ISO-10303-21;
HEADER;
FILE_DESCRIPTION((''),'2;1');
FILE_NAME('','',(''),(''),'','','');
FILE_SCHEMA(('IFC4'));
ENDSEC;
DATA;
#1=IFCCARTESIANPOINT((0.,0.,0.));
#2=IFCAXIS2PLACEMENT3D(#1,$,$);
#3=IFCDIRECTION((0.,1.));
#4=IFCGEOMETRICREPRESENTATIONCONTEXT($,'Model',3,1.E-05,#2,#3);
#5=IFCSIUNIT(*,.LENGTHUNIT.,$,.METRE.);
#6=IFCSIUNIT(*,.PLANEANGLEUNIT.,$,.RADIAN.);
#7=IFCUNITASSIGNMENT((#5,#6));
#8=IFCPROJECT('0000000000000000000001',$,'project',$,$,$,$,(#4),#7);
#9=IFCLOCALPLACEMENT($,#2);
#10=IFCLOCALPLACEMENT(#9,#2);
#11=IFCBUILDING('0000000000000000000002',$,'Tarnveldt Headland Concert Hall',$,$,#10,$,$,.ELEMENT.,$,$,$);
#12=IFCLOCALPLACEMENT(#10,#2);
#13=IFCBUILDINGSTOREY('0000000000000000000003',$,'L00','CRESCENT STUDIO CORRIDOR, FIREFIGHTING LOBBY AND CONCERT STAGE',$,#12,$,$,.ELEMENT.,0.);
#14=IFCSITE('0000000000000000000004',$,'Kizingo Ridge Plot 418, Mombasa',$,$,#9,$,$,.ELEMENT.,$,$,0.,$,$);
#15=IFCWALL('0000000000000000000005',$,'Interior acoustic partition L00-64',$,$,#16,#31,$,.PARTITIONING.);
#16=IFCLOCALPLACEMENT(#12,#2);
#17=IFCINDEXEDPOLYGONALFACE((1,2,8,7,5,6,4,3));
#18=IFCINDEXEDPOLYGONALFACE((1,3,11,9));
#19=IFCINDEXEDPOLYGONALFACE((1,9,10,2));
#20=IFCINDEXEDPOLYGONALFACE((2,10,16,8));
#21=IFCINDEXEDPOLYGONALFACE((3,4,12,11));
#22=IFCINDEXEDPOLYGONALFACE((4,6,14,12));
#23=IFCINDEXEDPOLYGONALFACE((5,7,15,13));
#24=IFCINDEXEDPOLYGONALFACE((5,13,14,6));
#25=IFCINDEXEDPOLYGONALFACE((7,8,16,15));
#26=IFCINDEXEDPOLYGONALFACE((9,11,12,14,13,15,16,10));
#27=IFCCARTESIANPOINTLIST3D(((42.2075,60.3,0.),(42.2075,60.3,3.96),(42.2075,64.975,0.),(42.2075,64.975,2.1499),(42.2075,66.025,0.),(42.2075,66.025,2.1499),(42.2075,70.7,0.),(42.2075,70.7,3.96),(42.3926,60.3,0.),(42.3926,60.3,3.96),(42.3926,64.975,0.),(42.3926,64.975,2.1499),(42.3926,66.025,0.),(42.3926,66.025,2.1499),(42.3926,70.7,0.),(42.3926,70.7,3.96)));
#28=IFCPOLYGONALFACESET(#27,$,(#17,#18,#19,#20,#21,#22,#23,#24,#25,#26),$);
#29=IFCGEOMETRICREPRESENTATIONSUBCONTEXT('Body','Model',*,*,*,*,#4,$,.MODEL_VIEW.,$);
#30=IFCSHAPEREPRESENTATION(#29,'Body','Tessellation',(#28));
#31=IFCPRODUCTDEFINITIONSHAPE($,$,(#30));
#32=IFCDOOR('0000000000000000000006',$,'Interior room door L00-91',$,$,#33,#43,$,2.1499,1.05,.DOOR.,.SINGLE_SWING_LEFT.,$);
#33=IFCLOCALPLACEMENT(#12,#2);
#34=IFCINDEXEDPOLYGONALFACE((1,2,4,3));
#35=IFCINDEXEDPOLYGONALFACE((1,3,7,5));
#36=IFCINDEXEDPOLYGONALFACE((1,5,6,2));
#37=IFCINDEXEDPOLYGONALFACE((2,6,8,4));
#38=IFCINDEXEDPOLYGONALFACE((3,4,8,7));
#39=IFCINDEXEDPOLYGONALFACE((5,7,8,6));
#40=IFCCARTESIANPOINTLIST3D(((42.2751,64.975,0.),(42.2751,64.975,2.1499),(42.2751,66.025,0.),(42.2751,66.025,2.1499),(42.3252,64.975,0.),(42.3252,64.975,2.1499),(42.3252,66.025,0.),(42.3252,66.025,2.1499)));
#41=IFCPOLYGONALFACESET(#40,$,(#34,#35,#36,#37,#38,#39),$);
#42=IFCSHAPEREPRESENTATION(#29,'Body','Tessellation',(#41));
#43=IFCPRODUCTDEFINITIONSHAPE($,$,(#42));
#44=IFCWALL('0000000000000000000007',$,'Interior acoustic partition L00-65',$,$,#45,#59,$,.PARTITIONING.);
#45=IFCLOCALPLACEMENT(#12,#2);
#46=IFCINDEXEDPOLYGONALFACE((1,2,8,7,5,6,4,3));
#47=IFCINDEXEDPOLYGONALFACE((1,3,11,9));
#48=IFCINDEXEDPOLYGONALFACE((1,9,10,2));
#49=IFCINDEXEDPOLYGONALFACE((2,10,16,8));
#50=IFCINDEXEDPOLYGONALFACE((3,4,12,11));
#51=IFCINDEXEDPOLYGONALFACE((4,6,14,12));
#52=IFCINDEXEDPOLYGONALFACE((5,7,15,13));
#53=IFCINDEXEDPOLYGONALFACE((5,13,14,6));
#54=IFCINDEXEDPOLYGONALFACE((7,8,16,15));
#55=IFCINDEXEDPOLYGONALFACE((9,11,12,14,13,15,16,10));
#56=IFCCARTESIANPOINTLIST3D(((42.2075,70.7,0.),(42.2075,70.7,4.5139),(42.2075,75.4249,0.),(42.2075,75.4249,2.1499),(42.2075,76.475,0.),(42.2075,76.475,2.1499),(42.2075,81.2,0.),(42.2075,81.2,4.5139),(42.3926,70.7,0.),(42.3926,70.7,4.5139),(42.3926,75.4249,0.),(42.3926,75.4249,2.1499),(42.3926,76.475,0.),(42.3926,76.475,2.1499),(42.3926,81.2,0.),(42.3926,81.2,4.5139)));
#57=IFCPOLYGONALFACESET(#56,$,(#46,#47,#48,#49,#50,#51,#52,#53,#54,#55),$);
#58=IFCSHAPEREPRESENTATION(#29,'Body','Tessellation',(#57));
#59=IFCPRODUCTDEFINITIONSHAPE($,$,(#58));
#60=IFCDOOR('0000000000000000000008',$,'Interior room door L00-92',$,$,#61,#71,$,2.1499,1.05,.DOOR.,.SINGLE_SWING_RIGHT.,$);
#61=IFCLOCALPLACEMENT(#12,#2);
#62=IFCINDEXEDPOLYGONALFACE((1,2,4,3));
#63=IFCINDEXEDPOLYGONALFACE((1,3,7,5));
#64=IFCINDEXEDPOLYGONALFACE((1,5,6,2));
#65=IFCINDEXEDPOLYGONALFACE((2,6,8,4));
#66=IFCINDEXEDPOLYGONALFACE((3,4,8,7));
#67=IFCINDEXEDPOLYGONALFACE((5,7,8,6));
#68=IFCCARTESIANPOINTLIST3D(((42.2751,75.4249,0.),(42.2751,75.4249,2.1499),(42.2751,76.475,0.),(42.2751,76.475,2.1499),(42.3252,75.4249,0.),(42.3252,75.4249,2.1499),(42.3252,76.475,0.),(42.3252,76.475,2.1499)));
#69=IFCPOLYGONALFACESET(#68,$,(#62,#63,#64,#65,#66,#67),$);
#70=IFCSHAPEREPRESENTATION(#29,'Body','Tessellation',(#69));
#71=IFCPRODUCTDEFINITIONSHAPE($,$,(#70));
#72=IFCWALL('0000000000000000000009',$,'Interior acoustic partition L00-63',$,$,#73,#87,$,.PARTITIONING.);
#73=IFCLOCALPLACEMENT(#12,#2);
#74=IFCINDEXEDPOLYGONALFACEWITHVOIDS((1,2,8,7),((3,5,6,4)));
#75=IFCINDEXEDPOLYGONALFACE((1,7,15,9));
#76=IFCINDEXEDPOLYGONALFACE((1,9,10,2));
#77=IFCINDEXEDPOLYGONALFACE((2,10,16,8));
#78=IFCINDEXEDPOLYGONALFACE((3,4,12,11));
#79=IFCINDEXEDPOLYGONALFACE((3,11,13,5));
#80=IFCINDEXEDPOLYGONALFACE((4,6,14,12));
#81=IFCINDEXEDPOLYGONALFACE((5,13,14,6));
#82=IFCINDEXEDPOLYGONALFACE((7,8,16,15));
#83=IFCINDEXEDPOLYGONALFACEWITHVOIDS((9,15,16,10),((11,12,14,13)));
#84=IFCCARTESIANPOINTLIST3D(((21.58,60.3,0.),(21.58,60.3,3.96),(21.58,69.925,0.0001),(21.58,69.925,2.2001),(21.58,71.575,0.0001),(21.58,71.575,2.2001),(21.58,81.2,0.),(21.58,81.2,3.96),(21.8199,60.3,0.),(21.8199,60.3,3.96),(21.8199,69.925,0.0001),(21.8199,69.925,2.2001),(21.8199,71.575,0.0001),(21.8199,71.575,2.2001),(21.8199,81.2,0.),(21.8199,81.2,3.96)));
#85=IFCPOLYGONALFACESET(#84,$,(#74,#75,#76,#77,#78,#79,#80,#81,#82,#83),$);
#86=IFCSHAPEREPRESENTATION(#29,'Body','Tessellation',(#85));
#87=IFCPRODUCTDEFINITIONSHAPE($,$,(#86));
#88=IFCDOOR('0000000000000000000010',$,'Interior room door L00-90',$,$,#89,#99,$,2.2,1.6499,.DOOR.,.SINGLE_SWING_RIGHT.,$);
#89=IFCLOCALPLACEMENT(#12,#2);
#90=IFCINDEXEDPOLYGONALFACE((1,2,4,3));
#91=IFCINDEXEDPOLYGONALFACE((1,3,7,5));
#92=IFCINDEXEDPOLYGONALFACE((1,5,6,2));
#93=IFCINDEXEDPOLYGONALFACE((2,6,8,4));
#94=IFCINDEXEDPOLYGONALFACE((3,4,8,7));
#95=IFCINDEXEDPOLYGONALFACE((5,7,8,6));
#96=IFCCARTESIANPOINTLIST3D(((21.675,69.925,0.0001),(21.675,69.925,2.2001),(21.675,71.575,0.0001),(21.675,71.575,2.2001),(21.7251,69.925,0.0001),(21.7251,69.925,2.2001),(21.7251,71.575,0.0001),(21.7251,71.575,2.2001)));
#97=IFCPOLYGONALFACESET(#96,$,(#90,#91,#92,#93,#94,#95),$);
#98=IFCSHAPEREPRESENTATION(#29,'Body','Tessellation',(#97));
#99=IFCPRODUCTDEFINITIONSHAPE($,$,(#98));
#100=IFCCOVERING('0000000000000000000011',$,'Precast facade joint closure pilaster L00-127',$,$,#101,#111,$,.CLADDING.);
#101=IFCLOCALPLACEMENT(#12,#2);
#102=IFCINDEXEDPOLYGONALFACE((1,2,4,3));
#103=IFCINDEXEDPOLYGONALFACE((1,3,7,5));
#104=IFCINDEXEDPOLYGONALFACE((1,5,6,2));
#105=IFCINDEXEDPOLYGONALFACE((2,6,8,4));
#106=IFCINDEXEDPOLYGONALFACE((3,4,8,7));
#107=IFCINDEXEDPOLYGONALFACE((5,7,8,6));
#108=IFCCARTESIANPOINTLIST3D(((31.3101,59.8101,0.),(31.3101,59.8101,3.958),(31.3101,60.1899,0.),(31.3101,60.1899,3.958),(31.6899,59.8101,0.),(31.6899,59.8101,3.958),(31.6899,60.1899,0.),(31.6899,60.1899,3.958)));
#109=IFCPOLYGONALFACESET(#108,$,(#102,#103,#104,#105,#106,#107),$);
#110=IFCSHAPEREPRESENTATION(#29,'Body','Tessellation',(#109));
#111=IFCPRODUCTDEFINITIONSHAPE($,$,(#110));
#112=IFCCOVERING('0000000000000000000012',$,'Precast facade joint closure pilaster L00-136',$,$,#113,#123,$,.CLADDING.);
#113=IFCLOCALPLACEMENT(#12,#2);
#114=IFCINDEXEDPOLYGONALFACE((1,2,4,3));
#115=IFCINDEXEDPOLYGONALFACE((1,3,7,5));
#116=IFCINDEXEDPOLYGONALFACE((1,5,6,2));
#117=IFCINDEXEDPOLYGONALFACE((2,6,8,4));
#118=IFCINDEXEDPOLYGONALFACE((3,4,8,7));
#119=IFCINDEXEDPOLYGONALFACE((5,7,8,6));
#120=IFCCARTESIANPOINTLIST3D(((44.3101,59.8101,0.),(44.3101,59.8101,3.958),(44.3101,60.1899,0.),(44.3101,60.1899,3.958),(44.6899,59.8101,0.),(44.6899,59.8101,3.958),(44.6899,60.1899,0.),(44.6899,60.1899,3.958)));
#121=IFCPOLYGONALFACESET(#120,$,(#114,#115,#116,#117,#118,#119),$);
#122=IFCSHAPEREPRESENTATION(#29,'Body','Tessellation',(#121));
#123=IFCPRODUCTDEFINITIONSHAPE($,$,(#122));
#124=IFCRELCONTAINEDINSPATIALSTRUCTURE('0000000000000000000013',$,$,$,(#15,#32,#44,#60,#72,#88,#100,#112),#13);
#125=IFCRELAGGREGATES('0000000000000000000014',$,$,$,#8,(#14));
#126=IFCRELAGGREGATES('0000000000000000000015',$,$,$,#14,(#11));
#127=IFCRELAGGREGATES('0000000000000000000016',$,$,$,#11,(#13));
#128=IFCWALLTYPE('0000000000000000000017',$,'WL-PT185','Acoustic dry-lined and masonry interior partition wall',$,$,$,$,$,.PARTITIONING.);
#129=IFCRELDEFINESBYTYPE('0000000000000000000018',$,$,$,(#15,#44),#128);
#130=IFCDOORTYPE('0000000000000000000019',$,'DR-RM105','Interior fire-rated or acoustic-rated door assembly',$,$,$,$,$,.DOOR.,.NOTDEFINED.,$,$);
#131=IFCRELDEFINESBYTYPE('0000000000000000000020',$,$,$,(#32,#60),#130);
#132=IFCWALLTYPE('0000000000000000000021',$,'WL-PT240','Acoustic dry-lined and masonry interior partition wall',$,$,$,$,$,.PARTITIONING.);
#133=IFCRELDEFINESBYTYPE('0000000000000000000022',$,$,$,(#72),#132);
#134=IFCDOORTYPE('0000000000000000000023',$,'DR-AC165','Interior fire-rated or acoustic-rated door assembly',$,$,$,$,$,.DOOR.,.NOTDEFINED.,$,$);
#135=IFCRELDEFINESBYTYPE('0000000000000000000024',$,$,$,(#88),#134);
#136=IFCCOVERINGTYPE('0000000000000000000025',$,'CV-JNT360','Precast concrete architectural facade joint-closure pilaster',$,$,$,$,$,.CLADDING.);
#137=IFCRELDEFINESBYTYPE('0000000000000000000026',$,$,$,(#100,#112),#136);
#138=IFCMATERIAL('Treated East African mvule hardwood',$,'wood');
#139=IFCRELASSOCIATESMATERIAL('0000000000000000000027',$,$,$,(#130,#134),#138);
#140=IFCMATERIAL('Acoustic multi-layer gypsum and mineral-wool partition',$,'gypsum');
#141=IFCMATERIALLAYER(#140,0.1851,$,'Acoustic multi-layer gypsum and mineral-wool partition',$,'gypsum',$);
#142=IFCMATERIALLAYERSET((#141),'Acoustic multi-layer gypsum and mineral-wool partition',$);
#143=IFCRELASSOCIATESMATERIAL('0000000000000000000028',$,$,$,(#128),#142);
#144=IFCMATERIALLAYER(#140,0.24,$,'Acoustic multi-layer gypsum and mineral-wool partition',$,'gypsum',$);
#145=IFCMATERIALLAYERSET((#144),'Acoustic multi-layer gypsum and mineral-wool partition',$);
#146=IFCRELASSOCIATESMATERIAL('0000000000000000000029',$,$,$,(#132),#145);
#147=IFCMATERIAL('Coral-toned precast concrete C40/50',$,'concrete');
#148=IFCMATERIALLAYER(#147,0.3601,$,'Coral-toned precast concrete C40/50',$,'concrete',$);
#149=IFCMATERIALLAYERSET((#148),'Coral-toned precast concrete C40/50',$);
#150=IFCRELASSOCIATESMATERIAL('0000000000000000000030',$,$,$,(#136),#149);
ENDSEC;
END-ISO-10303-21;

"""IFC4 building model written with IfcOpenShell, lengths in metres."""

from ifc_helpers import new_model, si_unit, direction, frame, frame_2d, origin, origin_2d, place, context, subcontext, project, spatial, rectangle, extrude, material, layer, layer_set, type_object, element, fill, save


model = new_model("IFC4")

# Units and contexts
model_context = context("Model", 3, precision=1e-05, world=origin(), true_north=direction((0.0, 1.0)))
body_context = subcontext(model_context, "Body", "Model", "MODEL_VIEW")
ifc_project = project(units=[si_unit("LENGTHUNIT", "METRE"), si_unit("PLANEANGLEUNIT", "RADIAN")], contexts=[model_context])

# Site, building, storey
site_placement = place(None, origin())
site = spatial("IfcSite", under=ifc_project, at=site_placement, Name="Kizingo Ridge Plot 418, Mombasa", CompositionType="ELEMENT", RefElevation=0.0)
building_placement = place(site_placement, origin())
building = spatial("IfcBuilding", under=site, at=building_placement, Name="Tarnveldt Headland Concert Hall", CompositionType="ELEMENT")
storey_placement = place(building_placement, origin())
storey = spatial("IfcBuildingStorey", under=building, at=storey_placement, Name="L00", Description="CRESCENT STUDIO CORRIDOR, FIREFIGHTING LOBBY AND CONCERT STAGE", CompositionType="ELEMENT", Elevation=0.0)

# Shared definitions
ifc_material_1 = material(Name="Coral-toned precast concrete C40/50", Category="concrete")

# Walls, openings, doors
ifc_material_2 = material(Name="Acoustic multi-layer gypsum and mineral-wool partition", Category="gypsum")
ifc_material_3 = material(Name="Treated East African mvule hardwood", Category="wood")
door_type_1 = type_object("IfcDoorType", Name="DR-RM105", Description="Interior fire-rated or acoustic-rated door assembly", OperationType="NOTDEFINED", PredefinedType="DOOR", material=ifc_material_3)
ifc_layer_1 = layer(ifc_material_2, 0.1851, Name="Acoustic multi-layer gypsum and mineral-wool partition", Category="gypsum")
ifc_layer_set_1 = layer_set([ifc_layer_1], Name="Acoustic multi-layer gypsum and mineral-wool partition")
wall_type_1 = type_object("IfcWallType", Name="WL-PT185", Description="Acoustic dry-lined and masonry interior partition wall", PredefinedType="PARTITIONING", material=ifc_layer_set_1)
wall_1_placement = place(storey_placement, frame((42.3, 60.3, 0.0), z_axis=(0.0, 0.0, 1.0), x_axis=(0.0, 1.0, 0.0)))
wall_1 = element("IfcWall", 1, at=wall_1_placement, inside=storey, type_object=wall_type_1, Name="Interior acoustic partition L00-64", PredefinedType="PARTITIONING", context=body_context, shape_type="SweptSolid", body=[
    extrude(rectangle(XDim=10.3999, YDim=0.1851, at=frame_2d((5.2, 0.0))), origin(), (0.0, 0.0, 1.0), 3.96),
])
opening_1_placement = place(wall_1_placement, frame((4.675, 0.0, 0.0)))
opening_1 = element("IfcOpeningElement", 2, at=opening_1_placement, cuts=wall_1, PredefinedType="OPENING", context=body_context, shape_type="SweptSolid", body=[
    extrude(rectangle(XDim=1.05, YDim=2.1499, at=frame_2d((0.5249, 1.075))), frame((0.0, 0.1025, 0.0), z_axis=(0.0, -1.0, 0.0), x_axis=(1.0, 0.0, 0.0)), (0.0, 0.0, 1.0), 0.2051),
])
door_1_placement = place(opening_1_placement, origin())
door_1 = element("IfcDoor", 3, at=door_1_placement, inside=storey, type_object=door_type_1, Name="Interior room door L00-91", OperationType="SINGLE_SWING_LEFT", OverallHeight=2.1499, OverallWidth=1.05, PredefinedType="DOOR", context=body_context, shape_type="SweptSolid", body=[
    extrude(rectangle(XDim=1.05, YDim=2.1499, at=frame_2d((0.5249, 1.075))), frame((0.0, 0.0249, 0.0), z_axis=(0.0, -1.0, 0.0), x_axis=(1.0, 0.0, 0.0)), (0.0, 0.0, 1.0), 0.05),
])
fill(opening_1, door_1)
wall_2_placement = place(storey_placement, frame((42.3, 70.7, 0.0), z_axis=(0.0, 0.0, 1.0), x_axis=(0.0, 1.0, 0.0)))
wall_2 = element("IfcWall", 4, at=wall_2_placement, inside=storey, type_object=wall_type_1, Name="Interior acoustic partition L00-65", PredefinedType="PARTITIONING", context=body_context, shape_type="SweptSolid", body=[
    extrude(rectangle(XDim=10.5, YDim=0.1851, at=frame_2d((5.25, 0.0))), origin(), (0.0, 0.0, 1.0), 4.5139),
])
opening_2_placement = place(wall_2_placement, frame((4.7251, 0.0, 0.0)))
opening_2 = element("IfcOpeningElement", 5, at=opening_2_placement, cuts=wall_2, PredefinedType="OPENING", context=body_context, shape_type="SweptSolid", body=[
    extrude(rectangle(XDim=1.05, YDim=2.1499, at=frame_2d((0.5249, 1.075))), frame((0.0, 0.1025, 0.0), z_axis=(0.0, -1.0, 0.0), x_axis=(1.0, 0.0, 0.0)), (0.0, 0.0, 1.0), 0.2051),
])
door_2_placement = place(opening_2_placement, origin())
door_2 = element("IfcDoor", 6, at=door_2_placement, inside=storey, type_object=door_type_1, Name="Interior room door L00-92", OperationType="SINGLE_SWING_RIGHT", OverallHeight=2.1499, OverallWidth=1.05, PredefinedType="DOOR", context=body_context, shape_type="SweptSolid", body=[
    extrude(rectangle(XDim=1.05, YDim=2.1499, at=frame_2d((0.5249, 1.075))), frame((0.0, 0.0249, 0.0), z_axis=(0.0, -1.0, 0.0), x_axis=(1.0, 0.0, 0.0)), (0.0, 0.0, 1.0), 0.05),
])
fill(opening_2, door_2)
ifc_layer_2 = layer(ifc_material_2, 0.24, Name="Acoustic multi-layer gypsum and mineral-wool partition", Category="gypsum")
ifc_layer_set_2 = layer_set([ifc_layer_2], Name="Acoustic multi-layer gypsum and mineral-wool partition")
wall_type_2 = type_object("IfcWallType", Name="WL-PT240", Description="Acoustic dry-lined and masonry interior partition wall", PredefinedType="PARTITIONING", material=ifc_layer_set_2)
wall_3_placement = place(storey_placement, frame((21.7, 60.3, 0.0), z_axis=(0.0, 0.0, 1.0), x_axis=(0.0, 1.0, 0.0)))
wall_3 = element("IfcWall", 7, at=wall_3_placement, inside=storey, type_object=wall_type_2, Name="Interior acoustic partition L00-63", PredefinedType="PARTITIONING", context=body_context, shape_type="SweptSolid", body=[
    extrude(rectangle(XDim=20.8999, YDim=0.24, at=frame_2d((10.45, 0.0))), origin(), (0.0, 0.0, 1.0), 3.96),
])
opening_3_placement = place(wall_3_placement, frame((9.625, 0.0, 0.0)))
opening_3 = element("IfcOpeningElement", 8, at=opening_3_placement, cuts=wall_3, PredefinedType="OPENING", context=body_context, shape_type="SweptSolid", body=[
    extrude(rectangle(XDim=1.6499, YDim=2.2, at=frame_2d((0.825, 1.1001))), frame((0.0, 0.1299, 0.0), z_axis=(0.0, -1.0, 0.0), x_axis=(1.0, 0.0, 0.0)), (0.0, 0.0, 1.0), 0.26),
])
door_type_2 = type_object("IfcDoorType", Name="DR-AC165", Description="Interior fire-rated or acoustic-rated door assembly", OperationType="NOTDEFINED", PredefinedType="DOOR", material=ifc_material_3)
door_3_placement = place(opening_3_placement, origin())
door_3 = element("IfcDoor", 9, at=door_3_placement, inside=storey, type_object=door_type_2, Name="Interior room door L00-90", OperationType="SINGLE_SWING_RIGHT", OverallHeight=2.2, OverallWidth=1.6499, PredefinedType="DOOR", context=body_context, shape_type="SweptSolid", body=[
    extrude(rectangle(XDim=1.6499, YDim=2.2, at=frame_2d((0.825, 1.1001))), frame((0.0, 0.0249, 0.0), z_axis=(0.0, -1.0, 0.0), x_axis=(1.0, 0.0, 0.0)), (0.0, 0.0, 1.0), 0.05),
])
fill(opening_3, door_3)

# Coverings
ifc_layer_3 = layer(ifc_material_1, 0.3601, Name="Coral-toned precast concrete C40/50", Category="concrete")
ifc_layer_set_3 = layer_set([ifc_layer_3], Name="Coral-toned precast concrete C40/50")
covering_type = type_object("IfcCoveringType", Name="CV-JNT360", Description="Precast concrete architectural facade joint-closure pilaster", PredefinedType="CLADDING", material=ifc_layer_set_3)
for number, where, z_axis, x_axis, name in (
    (10, (31.5, 60.0, 0.0), (0.0, 0.0, 1.0), (-1.0, 0.0, 0.0), "Precast facade joint closure pilaster L00-127"),
    (11, (44.5, 60.0, 0.0), (0.0, 0.0, 1.0), (-1.0, 0.0, 0.0), "Precast facade joint closure pilaster L00-136"),
):
    element("IfcCovering", number, at=place(storey_placement, frame(where, z_axis=z_axis, x_axis=x_axis)), inside=storey, type_object=covering_type, Name=name, PredefinedType="CLADDING", context=body_context, shape_type="SweptSolid", body=[
        extrude(rectangle(XDim=0.3799, YDim=0.3799, at=origin_2d()), origin(), (0.0, 0.0, 1.0), 3.958),
    ])

save(model, "model.ifc")
